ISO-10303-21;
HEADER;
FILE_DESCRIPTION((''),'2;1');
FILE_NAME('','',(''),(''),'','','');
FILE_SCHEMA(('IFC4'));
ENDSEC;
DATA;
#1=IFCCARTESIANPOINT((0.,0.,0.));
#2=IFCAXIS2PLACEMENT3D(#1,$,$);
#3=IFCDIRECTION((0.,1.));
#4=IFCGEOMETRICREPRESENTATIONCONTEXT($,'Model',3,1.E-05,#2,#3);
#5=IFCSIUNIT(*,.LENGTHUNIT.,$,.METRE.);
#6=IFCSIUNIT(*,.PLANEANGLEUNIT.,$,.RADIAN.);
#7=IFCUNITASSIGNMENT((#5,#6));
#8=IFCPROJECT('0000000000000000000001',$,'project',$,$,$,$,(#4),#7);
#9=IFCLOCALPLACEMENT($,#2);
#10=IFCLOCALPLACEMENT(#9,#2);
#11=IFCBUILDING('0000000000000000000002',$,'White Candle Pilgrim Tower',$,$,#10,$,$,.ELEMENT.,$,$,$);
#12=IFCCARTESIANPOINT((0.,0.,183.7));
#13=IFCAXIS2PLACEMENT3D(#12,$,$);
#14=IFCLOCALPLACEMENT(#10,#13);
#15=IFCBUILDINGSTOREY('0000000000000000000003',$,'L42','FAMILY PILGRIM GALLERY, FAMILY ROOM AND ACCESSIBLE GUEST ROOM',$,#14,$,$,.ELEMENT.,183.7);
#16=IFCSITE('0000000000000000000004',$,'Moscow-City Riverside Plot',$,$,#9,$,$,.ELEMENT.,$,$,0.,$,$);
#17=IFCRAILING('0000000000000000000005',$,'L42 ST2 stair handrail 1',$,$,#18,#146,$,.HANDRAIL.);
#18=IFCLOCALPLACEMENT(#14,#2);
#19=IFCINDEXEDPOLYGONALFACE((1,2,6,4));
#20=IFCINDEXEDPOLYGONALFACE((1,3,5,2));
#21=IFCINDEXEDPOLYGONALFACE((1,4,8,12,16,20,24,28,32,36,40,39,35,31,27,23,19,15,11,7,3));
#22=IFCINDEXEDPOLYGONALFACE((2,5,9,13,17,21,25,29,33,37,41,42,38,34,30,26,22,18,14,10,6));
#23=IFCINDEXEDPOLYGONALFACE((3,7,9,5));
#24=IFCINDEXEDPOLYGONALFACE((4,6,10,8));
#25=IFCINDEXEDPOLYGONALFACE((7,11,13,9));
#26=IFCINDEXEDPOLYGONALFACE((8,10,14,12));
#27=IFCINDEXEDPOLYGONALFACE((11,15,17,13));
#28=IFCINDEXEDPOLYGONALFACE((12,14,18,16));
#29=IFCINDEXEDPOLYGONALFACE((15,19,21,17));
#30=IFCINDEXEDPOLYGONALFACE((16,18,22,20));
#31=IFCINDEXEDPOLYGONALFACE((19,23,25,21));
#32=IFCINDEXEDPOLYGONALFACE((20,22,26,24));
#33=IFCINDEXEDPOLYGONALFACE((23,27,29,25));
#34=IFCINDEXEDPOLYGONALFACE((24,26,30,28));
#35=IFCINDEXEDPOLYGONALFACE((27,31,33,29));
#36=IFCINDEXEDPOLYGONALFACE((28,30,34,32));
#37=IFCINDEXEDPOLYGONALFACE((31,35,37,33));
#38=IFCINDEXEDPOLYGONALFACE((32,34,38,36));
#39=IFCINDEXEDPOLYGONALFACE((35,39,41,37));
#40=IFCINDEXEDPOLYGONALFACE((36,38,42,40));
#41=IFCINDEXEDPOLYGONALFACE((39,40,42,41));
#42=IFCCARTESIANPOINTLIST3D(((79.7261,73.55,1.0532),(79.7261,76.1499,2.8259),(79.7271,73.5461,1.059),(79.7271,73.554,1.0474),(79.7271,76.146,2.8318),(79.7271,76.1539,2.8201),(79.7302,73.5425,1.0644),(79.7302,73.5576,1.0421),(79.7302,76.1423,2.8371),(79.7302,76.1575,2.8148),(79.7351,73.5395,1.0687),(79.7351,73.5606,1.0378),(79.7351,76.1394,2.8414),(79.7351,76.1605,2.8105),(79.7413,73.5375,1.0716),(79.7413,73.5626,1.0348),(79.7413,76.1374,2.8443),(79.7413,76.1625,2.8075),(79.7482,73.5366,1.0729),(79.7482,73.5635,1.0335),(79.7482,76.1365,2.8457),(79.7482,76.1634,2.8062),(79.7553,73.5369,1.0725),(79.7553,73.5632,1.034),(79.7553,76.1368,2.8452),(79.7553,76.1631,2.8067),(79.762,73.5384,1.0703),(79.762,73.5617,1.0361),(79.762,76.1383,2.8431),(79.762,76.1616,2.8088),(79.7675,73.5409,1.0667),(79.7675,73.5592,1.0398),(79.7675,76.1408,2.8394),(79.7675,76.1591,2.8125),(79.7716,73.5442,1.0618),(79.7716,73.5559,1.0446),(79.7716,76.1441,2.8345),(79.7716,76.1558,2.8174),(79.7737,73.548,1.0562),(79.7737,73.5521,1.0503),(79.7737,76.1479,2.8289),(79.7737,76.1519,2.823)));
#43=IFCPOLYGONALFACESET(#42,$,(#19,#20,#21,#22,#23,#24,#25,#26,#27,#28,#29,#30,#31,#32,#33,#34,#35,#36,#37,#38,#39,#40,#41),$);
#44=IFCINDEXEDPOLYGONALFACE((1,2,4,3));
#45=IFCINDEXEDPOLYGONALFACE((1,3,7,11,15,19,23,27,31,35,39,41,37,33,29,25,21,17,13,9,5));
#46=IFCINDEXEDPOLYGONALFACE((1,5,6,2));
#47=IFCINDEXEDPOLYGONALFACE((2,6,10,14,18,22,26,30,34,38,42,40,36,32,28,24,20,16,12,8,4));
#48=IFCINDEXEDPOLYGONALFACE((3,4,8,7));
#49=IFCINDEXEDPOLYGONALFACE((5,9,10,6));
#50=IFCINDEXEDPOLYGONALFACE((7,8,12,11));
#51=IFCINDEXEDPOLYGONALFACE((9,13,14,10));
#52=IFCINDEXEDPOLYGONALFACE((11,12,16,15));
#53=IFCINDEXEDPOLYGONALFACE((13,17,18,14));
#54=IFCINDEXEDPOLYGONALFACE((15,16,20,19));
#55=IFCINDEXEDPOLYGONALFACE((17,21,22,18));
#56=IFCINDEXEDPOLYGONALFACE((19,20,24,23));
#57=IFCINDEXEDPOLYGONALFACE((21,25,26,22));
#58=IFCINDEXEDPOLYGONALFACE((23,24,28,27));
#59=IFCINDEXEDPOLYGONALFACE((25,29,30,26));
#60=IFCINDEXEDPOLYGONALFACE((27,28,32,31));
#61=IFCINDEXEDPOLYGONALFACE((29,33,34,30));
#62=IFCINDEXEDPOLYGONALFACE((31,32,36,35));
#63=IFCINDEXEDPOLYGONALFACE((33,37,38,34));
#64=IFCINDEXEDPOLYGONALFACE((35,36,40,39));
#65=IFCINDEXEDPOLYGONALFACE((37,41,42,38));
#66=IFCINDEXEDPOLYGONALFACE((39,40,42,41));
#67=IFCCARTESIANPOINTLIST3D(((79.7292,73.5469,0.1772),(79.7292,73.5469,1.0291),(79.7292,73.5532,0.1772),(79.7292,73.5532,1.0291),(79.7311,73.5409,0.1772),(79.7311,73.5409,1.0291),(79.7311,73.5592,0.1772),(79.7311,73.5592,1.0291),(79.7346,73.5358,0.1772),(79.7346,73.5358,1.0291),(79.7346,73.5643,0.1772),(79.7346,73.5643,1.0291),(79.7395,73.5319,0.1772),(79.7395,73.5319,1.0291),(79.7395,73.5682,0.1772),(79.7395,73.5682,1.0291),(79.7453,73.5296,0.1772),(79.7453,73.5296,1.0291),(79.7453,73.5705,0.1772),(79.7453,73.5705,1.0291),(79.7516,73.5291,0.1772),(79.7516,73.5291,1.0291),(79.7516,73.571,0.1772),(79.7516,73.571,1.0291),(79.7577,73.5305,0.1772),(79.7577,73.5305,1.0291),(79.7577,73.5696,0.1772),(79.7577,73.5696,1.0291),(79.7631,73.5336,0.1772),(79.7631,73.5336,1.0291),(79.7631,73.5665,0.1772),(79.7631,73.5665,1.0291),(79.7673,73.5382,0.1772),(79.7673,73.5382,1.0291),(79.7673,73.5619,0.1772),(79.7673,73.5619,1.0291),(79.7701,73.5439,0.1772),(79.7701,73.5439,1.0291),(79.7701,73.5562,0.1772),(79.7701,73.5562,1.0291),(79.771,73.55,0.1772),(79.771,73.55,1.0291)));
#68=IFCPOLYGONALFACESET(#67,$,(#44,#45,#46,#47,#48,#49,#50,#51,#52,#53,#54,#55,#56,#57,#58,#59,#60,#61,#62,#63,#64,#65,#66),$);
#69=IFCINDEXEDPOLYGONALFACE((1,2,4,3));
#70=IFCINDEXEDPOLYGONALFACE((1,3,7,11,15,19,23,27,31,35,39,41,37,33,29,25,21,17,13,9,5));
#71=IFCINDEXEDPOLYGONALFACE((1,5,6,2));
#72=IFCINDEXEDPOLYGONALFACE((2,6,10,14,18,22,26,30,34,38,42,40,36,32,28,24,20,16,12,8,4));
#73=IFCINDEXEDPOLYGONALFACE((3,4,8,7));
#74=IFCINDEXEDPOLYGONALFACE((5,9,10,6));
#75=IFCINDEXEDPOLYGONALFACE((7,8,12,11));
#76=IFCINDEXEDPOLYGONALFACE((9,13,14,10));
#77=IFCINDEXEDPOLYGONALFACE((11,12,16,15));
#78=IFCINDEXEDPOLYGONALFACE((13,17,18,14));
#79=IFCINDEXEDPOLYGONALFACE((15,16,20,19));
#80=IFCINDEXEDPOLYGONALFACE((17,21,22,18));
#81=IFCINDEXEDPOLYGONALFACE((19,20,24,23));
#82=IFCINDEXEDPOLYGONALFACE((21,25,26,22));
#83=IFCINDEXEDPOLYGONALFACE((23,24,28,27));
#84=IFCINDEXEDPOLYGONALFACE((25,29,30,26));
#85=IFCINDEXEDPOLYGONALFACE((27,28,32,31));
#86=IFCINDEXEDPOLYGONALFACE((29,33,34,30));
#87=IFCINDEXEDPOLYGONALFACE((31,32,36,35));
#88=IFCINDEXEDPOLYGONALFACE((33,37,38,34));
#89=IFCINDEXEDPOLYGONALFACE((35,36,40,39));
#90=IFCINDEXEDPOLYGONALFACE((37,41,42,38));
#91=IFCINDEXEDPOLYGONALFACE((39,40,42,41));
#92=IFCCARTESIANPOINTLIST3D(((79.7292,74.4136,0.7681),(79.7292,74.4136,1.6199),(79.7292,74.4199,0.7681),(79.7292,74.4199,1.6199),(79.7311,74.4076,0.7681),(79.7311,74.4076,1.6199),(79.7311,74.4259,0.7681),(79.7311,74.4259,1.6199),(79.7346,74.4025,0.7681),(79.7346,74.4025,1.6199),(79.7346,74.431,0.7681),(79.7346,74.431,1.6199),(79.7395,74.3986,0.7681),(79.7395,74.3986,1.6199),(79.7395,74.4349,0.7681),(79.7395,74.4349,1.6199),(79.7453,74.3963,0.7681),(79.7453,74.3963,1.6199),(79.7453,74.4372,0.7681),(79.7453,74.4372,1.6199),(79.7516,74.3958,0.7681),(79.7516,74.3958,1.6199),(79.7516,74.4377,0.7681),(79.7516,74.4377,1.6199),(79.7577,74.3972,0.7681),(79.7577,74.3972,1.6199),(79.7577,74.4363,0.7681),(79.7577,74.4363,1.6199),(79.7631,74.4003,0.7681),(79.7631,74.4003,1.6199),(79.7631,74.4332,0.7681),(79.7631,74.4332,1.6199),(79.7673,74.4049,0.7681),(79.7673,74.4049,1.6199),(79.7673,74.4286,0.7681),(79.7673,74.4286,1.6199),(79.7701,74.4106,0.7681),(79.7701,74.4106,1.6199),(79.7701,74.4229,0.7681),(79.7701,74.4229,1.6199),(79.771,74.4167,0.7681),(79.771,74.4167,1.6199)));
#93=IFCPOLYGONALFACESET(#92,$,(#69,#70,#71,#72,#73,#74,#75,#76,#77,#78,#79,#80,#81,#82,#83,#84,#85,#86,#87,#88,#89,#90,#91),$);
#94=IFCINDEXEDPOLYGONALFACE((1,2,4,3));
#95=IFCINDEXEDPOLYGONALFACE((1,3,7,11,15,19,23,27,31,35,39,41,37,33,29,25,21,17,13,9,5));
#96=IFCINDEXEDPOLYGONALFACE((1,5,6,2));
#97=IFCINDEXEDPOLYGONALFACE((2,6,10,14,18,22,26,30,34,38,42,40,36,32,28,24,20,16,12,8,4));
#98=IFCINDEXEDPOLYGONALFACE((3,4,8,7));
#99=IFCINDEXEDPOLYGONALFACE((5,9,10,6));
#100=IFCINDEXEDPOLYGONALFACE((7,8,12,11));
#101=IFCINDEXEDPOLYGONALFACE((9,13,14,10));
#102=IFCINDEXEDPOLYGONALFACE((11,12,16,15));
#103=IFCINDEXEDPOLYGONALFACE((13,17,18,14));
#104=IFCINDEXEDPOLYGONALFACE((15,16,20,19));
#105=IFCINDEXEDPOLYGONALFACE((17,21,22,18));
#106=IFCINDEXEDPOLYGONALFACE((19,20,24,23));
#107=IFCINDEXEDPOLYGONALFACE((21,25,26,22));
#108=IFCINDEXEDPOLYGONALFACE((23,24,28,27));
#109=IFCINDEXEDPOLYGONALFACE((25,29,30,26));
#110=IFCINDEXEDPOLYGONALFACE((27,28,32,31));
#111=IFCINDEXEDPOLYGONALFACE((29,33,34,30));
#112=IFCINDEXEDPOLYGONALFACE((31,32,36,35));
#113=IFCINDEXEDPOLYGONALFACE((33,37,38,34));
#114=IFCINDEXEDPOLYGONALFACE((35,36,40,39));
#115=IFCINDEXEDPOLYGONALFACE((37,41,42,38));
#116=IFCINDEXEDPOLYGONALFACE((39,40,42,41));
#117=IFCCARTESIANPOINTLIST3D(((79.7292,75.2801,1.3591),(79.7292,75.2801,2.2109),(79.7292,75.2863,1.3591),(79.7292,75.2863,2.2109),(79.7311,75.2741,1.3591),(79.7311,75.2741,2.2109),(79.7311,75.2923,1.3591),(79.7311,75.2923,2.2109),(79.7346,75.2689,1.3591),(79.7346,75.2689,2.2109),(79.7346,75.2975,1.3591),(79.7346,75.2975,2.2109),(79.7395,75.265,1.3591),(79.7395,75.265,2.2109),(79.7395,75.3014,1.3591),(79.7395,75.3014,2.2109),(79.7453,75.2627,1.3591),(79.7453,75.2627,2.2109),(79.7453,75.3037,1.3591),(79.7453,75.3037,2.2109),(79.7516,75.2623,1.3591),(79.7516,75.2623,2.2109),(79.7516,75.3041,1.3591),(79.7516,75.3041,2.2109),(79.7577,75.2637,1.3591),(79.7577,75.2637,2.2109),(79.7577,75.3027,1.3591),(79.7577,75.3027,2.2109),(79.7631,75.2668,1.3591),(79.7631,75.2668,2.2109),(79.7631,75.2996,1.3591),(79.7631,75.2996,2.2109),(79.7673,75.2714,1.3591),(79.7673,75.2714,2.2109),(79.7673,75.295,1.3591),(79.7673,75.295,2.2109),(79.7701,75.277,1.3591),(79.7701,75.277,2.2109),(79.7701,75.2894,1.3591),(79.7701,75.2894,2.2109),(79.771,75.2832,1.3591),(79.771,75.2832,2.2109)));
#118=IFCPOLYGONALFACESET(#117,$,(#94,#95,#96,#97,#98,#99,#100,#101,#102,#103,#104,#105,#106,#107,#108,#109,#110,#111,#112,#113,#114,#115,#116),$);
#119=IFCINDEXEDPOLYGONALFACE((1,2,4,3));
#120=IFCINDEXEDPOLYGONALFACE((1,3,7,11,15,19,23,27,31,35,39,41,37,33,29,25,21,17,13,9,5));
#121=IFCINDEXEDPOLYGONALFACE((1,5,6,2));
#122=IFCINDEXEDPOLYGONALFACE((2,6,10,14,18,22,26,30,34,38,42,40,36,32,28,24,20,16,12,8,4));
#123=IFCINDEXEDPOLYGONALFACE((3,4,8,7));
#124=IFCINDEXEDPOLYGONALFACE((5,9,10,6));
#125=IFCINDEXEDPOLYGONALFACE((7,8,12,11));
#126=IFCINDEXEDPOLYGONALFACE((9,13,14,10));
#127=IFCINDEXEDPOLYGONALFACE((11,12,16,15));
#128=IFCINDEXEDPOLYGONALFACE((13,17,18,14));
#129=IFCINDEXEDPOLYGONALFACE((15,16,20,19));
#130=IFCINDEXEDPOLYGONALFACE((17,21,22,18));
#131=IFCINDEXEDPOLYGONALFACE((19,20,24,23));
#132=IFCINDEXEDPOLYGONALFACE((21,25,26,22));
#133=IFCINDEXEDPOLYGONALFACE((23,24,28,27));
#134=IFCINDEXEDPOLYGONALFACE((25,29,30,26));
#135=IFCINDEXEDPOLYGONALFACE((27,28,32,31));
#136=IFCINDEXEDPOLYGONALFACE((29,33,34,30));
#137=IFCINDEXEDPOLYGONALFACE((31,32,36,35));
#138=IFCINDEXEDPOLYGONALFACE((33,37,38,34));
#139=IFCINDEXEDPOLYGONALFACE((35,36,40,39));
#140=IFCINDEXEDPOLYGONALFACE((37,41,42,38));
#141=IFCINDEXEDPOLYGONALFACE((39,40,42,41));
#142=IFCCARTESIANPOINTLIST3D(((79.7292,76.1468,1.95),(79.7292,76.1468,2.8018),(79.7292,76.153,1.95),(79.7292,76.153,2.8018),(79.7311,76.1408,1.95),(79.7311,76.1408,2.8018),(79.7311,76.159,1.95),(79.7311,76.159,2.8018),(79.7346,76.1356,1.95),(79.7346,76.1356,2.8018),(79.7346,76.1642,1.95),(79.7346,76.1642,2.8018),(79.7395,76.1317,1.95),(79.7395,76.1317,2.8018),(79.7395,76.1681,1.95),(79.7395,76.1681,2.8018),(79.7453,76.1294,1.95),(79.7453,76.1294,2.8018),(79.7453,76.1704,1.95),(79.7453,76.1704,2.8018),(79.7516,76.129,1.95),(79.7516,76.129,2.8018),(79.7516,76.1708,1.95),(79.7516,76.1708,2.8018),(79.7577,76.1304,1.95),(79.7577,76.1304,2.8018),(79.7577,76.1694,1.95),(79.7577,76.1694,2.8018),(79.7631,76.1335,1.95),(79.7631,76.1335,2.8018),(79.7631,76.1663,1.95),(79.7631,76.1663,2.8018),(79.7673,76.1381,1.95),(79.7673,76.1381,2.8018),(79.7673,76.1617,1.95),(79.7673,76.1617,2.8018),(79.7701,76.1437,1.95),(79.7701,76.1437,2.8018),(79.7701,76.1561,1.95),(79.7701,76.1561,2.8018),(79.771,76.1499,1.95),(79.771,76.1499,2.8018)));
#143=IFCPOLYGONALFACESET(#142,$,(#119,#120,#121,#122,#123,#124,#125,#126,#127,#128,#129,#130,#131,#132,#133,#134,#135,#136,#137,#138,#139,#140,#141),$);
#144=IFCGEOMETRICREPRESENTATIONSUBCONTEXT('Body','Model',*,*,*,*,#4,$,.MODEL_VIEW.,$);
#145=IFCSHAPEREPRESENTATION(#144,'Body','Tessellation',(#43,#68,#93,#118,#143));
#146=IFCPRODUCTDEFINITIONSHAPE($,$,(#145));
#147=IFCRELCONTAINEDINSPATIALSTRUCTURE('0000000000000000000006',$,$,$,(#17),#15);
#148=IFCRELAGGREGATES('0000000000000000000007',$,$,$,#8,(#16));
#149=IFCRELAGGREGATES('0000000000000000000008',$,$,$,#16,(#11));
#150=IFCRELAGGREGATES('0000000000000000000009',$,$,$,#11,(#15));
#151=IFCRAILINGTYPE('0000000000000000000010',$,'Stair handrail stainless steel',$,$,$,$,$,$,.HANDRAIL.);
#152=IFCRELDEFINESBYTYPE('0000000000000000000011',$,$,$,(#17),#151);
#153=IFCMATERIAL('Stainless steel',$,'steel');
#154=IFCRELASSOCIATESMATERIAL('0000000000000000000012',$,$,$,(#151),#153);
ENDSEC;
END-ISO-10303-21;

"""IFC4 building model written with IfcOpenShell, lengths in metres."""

from ifc_helpers import new_model, si_unit, direction, frame, origin, origin_2d, place, context, subcontext, project, spatial, circle, extrude, material, type_object, element, save


model = new_model("IFC4")

# Units and contexts
model_context = context("Model", 3, precision=1e-05, world=origin(), true_north=direction((0.0, 1.0)))
body_context = subcontext(model_context, "Body", "Model", "MODEL_VIEW")
ifc_project = project(units=[si_unit("LENGTHUNIT", "METRE"), si_unit("PLANEANGLEUNIT", "RADIAN")], contexts=[model_context])

# Site, building, storey
site_placement = place(None, origin())
site = spatial("IfcSite", under=ifc_project, at=site_placement, Name="Moscow-City Riverside Plot", CompositionType="ELEMENT", RefElevation=0.0)
building_placement = place(site_placement, origin())
building = spatial("IfcBuilding", under=site, at=building_placement, Name="White Candle Pilgrim Tower", CompositionType="ELEMENT")
storey_placement = place(building_placement, frame((0.0, 0.0, 183.7)))
storey = spatial("IfcBuildingStorey", under=building, at=storey_placement, Name="L42", Description="FAMILY PILGRIM GALLERY, FAMILY ROOM AND ACCESSIBLE GUEST ROOM", CompositionType="ELEMENT", Elevation=183.7)

# Railing
ifc_material_1 = material(Name="Stainless steel", Category="steel")
railing_type_1 = type_object("IfcRailingType", Name="Stair handrail stainless steel", PredefinedType="HANDRAIL", material=ifc_material_1)
railing_1_placement = place(storey_placement, frame((79.75, 73.55, 0.1772)))
element("IfcRailing", 1, at=railing_1_placement, inside=storey, type_object=railing_type_1, Name="L42 ST2 stair handrail 1", PredefinedType="HANDRAIL", context=body_context, shape_type="SweptSolid", body=[
    extrude(circle(Radius=0.0239, at=origin_2d()), frame((0.0, 0.0, 0.876), z_axis=(0.0, 0.826216, 0.563354), x_axis=(-1.0, 0.0, 0.0)), (0.0, 0.0, 1.0), 3.1467),
    extrude(circle(Radius=0.021, at=origin_2d()), origin(), (0.0, 0.0, 1.0), 0.8518),
    extrude(circle(Radius=0.021, at=origin_2d()), frame((0.0, 0.8667, 0.5908)), (0.0, 0.0, 1.0), 0.8518),
    extrude(circle(Radius=0.021, at=origin_2d()), frame((0.0, 1.7332, 1.1819)), (0.0, 0.0, 1.0), 0.8518),
    extrude(circle(Radius=0.021, at=origin_2d()), frame((0.0, 2.5999, 1.7727)), (0.0, 0.0, 1.0), 0.8518),
])

save(model, "model.ifc")
